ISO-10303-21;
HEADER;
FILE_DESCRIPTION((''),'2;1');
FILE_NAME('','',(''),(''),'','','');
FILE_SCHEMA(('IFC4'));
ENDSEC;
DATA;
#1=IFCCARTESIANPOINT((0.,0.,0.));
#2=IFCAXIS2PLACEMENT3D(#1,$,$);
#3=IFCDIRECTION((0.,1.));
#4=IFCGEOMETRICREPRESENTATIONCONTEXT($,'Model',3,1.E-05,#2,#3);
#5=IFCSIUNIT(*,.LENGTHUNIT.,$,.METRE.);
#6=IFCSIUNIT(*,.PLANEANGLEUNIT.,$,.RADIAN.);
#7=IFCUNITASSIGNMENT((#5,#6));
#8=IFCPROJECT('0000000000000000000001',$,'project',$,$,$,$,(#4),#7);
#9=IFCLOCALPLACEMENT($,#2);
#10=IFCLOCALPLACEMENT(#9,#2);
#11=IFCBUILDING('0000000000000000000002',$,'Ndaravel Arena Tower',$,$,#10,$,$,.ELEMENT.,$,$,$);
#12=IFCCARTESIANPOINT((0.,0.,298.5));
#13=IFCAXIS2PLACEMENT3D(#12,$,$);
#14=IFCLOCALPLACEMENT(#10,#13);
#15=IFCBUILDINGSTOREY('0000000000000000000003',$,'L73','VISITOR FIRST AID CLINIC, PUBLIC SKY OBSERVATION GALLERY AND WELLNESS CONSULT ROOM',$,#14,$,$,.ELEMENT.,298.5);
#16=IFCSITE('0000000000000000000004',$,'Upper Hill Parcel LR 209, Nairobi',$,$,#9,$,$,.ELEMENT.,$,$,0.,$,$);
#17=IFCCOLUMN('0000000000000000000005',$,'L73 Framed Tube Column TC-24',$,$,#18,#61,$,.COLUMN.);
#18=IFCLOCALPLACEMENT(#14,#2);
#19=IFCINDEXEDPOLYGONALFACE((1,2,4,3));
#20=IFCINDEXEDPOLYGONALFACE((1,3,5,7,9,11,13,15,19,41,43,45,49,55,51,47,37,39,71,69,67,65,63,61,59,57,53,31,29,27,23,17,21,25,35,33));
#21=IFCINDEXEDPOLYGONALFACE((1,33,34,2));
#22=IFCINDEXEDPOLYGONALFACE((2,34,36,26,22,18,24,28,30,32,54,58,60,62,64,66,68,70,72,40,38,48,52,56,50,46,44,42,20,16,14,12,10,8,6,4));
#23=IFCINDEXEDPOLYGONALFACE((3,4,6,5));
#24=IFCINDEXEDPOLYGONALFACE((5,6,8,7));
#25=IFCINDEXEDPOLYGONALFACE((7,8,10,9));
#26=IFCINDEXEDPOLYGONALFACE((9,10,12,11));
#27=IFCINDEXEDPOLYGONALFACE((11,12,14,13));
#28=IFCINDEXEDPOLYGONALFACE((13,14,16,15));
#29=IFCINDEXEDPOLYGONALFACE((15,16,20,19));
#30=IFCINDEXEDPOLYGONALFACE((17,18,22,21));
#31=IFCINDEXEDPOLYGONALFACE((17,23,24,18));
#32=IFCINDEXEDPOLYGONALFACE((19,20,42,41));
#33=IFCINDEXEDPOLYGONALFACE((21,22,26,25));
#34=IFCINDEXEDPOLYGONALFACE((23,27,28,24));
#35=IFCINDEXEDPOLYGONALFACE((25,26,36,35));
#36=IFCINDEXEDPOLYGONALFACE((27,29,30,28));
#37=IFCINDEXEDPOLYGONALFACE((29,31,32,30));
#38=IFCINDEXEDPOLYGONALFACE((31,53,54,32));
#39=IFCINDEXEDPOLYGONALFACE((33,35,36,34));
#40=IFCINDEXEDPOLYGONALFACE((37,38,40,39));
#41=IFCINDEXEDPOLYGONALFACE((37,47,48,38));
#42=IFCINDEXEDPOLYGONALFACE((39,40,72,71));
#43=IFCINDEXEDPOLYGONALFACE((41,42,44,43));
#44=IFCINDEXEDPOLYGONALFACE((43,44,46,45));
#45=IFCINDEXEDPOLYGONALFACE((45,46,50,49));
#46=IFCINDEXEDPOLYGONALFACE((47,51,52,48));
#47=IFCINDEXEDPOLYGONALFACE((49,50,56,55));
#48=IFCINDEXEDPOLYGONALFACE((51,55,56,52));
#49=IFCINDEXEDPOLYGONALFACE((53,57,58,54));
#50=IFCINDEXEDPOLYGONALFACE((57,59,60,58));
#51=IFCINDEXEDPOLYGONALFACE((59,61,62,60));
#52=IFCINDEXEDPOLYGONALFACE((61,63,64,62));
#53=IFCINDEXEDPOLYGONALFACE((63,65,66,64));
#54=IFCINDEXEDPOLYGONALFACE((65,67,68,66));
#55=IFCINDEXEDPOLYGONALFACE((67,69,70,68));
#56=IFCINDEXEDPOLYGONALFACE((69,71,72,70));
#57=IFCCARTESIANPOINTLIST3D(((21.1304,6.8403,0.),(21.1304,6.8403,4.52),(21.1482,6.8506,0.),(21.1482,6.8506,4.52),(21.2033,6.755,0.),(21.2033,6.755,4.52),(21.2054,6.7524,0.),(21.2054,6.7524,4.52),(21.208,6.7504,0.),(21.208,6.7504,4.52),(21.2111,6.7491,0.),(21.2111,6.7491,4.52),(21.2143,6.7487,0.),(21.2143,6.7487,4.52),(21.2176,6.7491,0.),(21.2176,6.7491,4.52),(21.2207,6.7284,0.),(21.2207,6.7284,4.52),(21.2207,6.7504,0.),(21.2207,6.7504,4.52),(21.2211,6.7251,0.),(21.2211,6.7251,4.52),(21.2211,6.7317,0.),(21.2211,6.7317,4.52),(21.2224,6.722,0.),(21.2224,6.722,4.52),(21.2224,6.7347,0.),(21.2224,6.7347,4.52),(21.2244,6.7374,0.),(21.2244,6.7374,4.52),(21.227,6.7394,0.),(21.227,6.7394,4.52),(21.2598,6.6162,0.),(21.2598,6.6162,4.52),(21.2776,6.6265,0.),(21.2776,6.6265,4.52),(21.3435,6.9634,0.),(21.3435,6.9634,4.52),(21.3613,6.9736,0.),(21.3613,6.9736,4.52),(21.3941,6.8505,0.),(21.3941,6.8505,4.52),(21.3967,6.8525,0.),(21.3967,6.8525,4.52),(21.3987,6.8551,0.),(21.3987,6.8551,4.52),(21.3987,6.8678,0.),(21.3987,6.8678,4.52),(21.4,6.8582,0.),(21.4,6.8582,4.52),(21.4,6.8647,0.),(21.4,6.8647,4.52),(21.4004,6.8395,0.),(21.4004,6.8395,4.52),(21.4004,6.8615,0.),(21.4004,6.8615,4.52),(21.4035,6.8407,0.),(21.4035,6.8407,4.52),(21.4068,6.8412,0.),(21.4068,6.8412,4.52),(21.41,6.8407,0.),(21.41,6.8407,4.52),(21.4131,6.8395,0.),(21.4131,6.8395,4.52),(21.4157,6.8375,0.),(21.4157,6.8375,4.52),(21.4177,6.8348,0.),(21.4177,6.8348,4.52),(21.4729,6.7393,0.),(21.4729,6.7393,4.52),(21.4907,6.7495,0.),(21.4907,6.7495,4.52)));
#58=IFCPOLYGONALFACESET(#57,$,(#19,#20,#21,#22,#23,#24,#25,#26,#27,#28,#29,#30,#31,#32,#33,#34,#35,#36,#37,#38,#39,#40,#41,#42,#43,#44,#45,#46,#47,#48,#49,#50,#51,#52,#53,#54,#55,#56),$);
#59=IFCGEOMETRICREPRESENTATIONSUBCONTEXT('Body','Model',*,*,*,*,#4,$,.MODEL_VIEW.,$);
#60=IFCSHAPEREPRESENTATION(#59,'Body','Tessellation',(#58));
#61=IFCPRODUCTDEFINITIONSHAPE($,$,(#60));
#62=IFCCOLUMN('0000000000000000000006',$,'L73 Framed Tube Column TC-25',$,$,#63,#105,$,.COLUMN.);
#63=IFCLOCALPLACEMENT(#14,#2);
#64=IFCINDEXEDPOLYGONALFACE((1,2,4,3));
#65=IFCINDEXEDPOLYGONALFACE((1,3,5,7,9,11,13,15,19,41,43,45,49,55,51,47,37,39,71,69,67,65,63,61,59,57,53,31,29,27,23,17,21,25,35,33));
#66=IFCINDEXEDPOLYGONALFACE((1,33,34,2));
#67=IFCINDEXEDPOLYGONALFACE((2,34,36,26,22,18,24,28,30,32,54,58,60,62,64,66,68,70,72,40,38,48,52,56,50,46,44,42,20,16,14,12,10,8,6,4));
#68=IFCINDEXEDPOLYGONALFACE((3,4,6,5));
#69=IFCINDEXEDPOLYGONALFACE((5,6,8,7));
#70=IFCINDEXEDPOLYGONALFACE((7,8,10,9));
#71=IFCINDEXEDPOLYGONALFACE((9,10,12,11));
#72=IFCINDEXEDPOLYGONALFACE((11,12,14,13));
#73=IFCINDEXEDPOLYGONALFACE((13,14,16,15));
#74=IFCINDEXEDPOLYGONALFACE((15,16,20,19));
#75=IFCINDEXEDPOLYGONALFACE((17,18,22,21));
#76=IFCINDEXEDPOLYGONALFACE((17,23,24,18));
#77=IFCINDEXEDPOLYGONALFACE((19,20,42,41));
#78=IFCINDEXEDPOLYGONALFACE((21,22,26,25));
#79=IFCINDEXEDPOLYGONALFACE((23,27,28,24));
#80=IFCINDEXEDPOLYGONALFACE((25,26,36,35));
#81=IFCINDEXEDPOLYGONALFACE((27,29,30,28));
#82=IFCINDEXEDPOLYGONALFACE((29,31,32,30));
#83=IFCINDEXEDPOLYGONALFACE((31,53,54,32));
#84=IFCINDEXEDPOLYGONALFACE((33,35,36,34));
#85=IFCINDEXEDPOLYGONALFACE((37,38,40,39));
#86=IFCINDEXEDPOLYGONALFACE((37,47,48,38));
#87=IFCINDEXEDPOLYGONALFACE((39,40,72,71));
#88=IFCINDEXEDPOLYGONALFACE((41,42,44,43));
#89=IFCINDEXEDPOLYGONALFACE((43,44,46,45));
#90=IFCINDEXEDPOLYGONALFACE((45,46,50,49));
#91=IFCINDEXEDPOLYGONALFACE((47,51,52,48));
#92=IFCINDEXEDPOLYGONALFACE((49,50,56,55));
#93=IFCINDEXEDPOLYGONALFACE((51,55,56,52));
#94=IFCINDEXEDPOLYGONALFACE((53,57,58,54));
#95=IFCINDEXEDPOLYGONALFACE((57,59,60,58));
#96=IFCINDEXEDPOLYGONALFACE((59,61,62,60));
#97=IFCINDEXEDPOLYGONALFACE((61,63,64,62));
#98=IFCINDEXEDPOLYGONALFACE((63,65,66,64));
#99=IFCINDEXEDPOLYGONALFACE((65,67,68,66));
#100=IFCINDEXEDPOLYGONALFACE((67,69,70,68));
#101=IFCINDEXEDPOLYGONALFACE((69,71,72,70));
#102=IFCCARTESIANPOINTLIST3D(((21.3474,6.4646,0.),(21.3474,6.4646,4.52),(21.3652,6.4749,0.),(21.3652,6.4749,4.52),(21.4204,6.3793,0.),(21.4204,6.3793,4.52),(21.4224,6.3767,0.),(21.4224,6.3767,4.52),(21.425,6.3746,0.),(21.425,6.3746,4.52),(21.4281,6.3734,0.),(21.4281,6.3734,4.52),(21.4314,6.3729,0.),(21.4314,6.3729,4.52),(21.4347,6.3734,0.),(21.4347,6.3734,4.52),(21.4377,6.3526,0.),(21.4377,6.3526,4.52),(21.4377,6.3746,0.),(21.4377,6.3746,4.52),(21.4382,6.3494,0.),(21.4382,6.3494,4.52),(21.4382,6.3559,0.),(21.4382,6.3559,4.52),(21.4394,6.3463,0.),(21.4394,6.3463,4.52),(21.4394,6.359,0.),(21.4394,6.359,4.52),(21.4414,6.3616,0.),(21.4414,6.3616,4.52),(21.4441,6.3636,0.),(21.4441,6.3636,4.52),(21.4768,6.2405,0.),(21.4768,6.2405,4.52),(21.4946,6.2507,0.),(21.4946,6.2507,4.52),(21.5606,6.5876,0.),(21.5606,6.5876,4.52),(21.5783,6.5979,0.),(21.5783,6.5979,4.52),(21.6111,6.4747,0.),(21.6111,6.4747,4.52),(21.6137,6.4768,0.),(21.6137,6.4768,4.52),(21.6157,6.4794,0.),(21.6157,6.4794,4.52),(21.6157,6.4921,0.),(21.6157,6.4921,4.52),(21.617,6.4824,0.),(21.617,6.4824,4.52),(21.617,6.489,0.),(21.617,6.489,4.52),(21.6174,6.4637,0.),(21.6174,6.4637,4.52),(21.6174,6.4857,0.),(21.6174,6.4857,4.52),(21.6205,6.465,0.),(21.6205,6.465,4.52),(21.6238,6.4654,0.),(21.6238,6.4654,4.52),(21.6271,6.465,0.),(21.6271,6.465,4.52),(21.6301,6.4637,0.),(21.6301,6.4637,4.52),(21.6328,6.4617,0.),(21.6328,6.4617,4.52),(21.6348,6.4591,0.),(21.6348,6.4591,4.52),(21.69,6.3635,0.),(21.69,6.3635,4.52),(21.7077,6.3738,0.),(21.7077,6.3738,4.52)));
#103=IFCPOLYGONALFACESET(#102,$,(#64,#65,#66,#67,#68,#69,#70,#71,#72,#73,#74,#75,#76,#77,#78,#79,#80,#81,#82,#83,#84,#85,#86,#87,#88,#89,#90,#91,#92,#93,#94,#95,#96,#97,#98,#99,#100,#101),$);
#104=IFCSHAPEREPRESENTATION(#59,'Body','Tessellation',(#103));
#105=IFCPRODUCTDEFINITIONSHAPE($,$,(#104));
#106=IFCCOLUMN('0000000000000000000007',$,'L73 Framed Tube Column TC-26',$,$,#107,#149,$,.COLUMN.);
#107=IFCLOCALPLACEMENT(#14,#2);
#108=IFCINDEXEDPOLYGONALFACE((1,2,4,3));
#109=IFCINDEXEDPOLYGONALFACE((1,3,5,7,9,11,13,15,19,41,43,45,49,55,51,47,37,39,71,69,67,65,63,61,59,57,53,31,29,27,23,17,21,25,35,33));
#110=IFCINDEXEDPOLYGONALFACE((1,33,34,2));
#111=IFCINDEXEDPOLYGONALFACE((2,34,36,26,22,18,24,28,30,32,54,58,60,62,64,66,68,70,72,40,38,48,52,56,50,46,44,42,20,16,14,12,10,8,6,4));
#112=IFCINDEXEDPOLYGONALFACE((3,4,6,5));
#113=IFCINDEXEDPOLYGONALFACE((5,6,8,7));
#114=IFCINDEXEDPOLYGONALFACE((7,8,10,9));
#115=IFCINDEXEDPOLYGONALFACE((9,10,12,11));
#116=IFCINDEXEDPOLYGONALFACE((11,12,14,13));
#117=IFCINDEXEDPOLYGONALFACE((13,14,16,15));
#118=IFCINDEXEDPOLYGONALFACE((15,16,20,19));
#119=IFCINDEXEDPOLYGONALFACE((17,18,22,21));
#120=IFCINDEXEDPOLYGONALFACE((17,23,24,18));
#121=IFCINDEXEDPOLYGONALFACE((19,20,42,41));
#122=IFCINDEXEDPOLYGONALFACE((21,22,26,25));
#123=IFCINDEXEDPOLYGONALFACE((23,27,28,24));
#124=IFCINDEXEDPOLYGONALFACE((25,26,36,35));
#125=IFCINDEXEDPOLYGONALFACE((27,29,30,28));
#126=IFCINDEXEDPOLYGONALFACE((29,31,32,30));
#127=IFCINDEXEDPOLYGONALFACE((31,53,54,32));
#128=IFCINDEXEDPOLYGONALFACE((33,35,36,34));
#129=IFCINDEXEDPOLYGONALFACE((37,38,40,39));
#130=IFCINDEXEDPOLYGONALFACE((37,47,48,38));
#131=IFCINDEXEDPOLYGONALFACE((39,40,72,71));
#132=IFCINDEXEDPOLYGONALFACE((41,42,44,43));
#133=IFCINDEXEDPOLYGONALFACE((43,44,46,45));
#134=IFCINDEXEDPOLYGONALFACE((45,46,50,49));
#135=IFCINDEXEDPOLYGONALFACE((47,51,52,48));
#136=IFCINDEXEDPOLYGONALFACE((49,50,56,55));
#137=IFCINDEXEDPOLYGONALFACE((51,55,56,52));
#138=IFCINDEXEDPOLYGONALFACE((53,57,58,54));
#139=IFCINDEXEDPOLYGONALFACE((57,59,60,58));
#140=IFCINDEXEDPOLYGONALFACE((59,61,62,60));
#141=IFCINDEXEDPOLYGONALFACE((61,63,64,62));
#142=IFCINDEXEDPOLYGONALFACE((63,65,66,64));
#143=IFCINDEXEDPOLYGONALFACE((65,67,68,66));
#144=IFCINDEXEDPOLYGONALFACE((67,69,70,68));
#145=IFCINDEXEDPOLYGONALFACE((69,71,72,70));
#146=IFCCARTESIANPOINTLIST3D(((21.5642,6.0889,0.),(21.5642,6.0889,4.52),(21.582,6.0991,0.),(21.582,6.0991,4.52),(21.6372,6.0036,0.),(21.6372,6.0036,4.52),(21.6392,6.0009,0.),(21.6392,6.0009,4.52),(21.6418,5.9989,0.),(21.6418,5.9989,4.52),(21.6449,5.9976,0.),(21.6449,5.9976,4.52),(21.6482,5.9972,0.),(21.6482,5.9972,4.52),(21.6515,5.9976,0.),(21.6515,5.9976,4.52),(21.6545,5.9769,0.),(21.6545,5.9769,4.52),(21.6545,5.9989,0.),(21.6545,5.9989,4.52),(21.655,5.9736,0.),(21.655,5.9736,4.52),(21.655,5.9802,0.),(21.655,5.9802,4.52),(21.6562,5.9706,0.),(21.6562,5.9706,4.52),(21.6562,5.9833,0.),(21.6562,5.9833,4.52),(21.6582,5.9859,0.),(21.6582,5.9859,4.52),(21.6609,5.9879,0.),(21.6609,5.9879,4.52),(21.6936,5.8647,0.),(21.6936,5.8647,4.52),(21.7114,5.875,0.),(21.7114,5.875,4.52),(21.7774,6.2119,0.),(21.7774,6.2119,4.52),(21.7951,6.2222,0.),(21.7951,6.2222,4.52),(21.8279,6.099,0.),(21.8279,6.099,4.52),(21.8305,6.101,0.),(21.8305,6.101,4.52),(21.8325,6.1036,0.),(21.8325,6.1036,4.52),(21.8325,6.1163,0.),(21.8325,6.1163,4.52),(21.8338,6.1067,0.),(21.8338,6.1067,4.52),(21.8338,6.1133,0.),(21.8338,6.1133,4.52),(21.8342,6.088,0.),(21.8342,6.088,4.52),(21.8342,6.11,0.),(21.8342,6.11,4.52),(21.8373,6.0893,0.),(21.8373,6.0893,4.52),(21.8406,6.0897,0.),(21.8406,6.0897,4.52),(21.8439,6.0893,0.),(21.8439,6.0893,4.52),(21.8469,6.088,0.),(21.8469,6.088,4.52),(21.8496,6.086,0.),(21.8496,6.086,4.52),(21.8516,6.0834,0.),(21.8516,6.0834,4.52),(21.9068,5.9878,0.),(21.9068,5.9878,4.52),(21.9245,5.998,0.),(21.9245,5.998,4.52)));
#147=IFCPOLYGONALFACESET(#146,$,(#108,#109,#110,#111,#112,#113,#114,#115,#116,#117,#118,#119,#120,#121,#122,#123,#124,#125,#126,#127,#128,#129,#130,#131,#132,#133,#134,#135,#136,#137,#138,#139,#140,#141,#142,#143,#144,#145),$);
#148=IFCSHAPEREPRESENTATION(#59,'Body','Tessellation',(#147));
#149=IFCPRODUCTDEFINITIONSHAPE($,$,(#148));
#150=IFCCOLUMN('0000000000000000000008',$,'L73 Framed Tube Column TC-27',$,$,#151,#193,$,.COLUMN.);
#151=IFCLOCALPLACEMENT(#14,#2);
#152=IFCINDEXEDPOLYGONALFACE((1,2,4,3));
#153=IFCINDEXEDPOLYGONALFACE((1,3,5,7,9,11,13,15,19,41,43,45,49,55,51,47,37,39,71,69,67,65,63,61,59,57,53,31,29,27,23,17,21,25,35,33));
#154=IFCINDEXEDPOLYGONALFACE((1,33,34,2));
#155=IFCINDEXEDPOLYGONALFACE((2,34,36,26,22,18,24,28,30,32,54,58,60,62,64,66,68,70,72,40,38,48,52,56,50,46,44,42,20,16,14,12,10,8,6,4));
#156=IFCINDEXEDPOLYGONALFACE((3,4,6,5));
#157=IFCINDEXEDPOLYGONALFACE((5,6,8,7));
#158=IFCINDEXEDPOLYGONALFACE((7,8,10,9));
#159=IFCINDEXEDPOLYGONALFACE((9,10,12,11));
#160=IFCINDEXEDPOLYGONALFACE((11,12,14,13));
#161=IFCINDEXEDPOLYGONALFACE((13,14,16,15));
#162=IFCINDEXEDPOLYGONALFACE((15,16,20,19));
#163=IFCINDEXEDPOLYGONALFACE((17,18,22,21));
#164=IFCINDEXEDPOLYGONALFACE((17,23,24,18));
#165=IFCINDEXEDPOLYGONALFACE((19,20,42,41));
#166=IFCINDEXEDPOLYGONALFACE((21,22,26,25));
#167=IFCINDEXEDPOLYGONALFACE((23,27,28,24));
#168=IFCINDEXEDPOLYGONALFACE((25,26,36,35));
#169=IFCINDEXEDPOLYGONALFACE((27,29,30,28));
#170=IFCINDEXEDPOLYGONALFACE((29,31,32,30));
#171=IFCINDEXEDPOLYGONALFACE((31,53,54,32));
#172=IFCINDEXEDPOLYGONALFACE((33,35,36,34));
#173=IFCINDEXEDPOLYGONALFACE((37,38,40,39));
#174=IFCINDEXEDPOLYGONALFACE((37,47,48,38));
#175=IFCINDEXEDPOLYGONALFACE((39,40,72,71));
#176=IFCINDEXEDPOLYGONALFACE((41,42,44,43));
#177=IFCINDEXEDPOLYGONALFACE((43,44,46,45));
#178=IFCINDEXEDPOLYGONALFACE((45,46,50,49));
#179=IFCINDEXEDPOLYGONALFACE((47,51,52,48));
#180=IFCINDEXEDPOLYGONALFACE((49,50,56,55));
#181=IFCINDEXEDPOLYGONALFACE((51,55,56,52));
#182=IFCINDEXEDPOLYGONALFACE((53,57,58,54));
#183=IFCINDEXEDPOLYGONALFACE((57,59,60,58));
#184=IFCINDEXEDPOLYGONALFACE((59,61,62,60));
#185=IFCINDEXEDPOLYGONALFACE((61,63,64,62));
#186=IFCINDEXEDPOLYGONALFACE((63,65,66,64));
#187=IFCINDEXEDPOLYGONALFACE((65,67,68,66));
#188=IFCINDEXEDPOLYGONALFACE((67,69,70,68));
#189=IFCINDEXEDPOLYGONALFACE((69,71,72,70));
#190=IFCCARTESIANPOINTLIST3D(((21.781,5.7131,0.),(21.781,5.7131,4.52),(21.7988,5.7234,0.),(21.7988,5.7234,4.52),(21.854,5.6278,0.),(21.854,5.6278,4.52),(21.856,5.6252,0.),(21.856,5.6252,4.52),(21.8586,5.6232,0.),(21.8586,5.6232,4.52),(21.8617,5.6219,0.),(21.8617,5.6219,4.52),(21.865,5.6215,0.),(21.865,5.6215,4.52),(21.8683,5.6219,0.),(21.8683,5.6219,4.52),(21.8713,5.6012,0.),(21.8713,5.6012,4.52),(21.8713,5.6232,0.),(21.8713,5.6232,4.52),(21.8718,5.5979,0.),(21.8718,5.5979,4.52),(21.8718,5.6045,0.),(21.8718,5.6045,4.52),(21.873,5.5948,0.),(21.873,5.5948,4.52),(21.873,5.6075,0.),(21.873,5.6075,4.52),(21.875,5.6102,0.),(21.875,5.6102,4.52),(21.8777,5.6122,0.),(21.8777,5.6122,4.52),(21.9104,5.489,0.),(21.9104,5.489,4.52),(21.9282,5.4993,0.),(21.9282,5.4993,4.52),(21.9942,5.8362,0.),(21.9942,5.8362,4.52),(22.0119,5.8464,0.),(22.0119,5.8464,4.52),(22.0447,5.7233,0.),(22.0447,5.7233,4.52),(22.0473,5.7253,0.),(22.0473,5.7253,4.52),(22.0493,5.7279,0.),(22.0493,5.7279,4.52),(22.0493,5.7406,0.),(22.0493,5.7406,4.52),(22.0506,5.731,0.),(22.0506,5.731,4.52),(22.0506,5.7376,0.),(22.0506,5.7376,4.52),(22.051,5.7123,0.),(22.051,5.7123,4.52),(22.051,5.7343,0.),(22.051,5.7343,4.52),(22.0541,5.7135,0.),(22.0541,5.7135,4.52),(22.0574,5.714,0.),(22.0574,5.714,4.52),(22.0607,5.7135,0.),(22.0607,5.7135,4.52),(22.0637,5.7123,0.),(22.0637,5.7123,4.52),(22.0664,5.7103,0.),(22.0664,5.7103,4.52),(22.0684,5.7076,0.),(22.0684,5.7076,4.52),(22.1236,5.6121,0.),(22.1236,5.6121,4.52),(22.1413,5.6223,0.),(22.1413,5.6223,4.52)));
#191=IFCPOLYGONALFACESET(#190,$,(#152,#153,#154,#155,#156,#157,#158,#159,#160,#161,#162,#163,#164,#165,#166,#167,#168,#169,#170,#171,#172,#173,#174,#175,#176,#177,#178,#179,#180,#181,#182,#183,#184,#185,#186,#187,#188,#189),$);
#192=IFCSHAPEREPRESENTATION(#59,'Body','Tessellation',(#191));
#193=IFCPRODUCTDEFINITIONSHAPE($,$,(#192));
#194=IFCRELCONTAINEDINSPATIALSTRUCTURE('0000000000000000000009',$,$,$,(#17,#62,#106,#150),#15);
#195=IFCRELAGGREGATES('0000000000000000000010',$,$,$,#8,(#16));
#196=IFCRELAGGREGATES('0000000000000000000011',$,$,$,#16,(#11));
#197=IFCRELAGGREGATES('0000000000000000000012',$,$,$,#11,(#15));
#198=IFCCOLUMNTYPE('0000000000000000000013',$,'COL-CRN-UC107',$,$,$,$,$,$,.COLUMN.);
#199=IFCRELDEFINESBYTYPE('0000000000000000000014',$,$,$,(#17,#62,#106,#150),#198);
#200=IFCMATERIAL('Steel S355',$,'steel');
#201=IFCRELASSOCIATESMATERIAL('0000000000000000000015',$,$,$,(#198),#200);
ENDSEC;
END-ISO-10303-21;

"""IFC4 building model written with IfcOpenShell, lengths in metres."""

from ifc_helpers import new_model, si_unit, direction, frame, origin, origin_2d, place, context, subcontext, project, spatial, i_section, extrude, material, material_profile, profile_set, type_object, element, save


model = new_model("IFC4")

# Units and contexts
model_context = context("Model", 3, precision=1e-05, world=origin(), true_north=direction((0.0, 1.0)))
body_context = subcontext(model_context, "Body", "Model", "MODEL_VIEW")
ifc_project = project(units=[si_unit("LENGTHUNIT", "METRE"), si_unit("PLANEANGLEUNIT", "RADIAN")], contexts=[model_context])

# Site, building, storey
site_placement = place(None, origin())
site = spatial("IfcSite", under=ifc_project, at=site_placement, Name="Upper Hill Parcel LR 209, Nairobi", CompositionType="ELEMENT", RefElevation=0.0)
building_placement = place(site_placement, origin())
building = spatial("IfcBuilding", under=site, at=building_placement, Name="Ndaravel Arena Tower", CompositionType="ELEMENT")
storey_placement = place(building_placement, frame((0.0, 0.0, 298.5)))
storey = spatial("IfcBuildingStorey", under=building, at=storey_placement, Name="L73", Description="VISITOR FIRST AID CLINIC, PUBLIC SKY OBSERVATION GALLERY AND WELLNESS CONSULT ROOM", CompositionType="ELEMENT", Elevation=298.5)

# Columns
ifc_material_1 = material(Name="Steel S355", Category="steel")
ifc_material_profile_1 = material_profile(ifc_material_1, i_section(OverallWidth=0.2588, OverallDepth=0.2666, WebThickness=0.0127, FlangeThickness=0.0205, FilletRadius=0.0127, at=origin_2d()), Name="UC 254x254x107")
ifc_profile_set_1 = profile_set([ifc_material_profile_1], Name="Steel S355")
column_type = type_object("IfcColumnType", Name="COL-CRN-UC107", PredefinedType="COLUMN", material=ifc_profile_set_1)
for number, where, z_axis, x_axis, name in (
    (1, (21.3105, 6.7949, 0.0), (0.0, 0.0, 1.0), (-0.5, 0.866025, 0.0), "L73 Framed Tube Column TC-24"),
    (2, (21.5276, 6.4192, 0.0), (0.0, 0.0, 1.0), (-0.5, 0.866025, 0.0), "L73 Framed Tube Column TC-25"),
    (3, (21.7444, 6.0435, 0.0), (0.0, 0.0, 1.0), (-0.5, 0.866025, 0.0), "L73 Framed Tube Column TC-26"),
    (4, (21.9612, 5.6677, 0.0), (0.0, 0.0, 1.0), (-0.5, 0.866025, 0.0), "L73 Framed Tube Column TC-27"),
):
    element("IfcColumn", number, at=place(storey_placement, frame(where, z_axis=z_axis, x_axis=x_axis)), inside=storey, type_object=column_type, Name=name, PredefinedType="COLUMN", context=body_context, shape_type="SweptSolid", body=[
        extrude(i_section(OverallWidth=0.2588, OverallDepth=0.2666, WebThickness=0.0127, FlangeThickness=0.0205, FilletRadius=0.0127, at=origin_2d()), origin(), (0.0, 0.0, 1.0), 4.52),
    ])

save(model, "model.ifc")
